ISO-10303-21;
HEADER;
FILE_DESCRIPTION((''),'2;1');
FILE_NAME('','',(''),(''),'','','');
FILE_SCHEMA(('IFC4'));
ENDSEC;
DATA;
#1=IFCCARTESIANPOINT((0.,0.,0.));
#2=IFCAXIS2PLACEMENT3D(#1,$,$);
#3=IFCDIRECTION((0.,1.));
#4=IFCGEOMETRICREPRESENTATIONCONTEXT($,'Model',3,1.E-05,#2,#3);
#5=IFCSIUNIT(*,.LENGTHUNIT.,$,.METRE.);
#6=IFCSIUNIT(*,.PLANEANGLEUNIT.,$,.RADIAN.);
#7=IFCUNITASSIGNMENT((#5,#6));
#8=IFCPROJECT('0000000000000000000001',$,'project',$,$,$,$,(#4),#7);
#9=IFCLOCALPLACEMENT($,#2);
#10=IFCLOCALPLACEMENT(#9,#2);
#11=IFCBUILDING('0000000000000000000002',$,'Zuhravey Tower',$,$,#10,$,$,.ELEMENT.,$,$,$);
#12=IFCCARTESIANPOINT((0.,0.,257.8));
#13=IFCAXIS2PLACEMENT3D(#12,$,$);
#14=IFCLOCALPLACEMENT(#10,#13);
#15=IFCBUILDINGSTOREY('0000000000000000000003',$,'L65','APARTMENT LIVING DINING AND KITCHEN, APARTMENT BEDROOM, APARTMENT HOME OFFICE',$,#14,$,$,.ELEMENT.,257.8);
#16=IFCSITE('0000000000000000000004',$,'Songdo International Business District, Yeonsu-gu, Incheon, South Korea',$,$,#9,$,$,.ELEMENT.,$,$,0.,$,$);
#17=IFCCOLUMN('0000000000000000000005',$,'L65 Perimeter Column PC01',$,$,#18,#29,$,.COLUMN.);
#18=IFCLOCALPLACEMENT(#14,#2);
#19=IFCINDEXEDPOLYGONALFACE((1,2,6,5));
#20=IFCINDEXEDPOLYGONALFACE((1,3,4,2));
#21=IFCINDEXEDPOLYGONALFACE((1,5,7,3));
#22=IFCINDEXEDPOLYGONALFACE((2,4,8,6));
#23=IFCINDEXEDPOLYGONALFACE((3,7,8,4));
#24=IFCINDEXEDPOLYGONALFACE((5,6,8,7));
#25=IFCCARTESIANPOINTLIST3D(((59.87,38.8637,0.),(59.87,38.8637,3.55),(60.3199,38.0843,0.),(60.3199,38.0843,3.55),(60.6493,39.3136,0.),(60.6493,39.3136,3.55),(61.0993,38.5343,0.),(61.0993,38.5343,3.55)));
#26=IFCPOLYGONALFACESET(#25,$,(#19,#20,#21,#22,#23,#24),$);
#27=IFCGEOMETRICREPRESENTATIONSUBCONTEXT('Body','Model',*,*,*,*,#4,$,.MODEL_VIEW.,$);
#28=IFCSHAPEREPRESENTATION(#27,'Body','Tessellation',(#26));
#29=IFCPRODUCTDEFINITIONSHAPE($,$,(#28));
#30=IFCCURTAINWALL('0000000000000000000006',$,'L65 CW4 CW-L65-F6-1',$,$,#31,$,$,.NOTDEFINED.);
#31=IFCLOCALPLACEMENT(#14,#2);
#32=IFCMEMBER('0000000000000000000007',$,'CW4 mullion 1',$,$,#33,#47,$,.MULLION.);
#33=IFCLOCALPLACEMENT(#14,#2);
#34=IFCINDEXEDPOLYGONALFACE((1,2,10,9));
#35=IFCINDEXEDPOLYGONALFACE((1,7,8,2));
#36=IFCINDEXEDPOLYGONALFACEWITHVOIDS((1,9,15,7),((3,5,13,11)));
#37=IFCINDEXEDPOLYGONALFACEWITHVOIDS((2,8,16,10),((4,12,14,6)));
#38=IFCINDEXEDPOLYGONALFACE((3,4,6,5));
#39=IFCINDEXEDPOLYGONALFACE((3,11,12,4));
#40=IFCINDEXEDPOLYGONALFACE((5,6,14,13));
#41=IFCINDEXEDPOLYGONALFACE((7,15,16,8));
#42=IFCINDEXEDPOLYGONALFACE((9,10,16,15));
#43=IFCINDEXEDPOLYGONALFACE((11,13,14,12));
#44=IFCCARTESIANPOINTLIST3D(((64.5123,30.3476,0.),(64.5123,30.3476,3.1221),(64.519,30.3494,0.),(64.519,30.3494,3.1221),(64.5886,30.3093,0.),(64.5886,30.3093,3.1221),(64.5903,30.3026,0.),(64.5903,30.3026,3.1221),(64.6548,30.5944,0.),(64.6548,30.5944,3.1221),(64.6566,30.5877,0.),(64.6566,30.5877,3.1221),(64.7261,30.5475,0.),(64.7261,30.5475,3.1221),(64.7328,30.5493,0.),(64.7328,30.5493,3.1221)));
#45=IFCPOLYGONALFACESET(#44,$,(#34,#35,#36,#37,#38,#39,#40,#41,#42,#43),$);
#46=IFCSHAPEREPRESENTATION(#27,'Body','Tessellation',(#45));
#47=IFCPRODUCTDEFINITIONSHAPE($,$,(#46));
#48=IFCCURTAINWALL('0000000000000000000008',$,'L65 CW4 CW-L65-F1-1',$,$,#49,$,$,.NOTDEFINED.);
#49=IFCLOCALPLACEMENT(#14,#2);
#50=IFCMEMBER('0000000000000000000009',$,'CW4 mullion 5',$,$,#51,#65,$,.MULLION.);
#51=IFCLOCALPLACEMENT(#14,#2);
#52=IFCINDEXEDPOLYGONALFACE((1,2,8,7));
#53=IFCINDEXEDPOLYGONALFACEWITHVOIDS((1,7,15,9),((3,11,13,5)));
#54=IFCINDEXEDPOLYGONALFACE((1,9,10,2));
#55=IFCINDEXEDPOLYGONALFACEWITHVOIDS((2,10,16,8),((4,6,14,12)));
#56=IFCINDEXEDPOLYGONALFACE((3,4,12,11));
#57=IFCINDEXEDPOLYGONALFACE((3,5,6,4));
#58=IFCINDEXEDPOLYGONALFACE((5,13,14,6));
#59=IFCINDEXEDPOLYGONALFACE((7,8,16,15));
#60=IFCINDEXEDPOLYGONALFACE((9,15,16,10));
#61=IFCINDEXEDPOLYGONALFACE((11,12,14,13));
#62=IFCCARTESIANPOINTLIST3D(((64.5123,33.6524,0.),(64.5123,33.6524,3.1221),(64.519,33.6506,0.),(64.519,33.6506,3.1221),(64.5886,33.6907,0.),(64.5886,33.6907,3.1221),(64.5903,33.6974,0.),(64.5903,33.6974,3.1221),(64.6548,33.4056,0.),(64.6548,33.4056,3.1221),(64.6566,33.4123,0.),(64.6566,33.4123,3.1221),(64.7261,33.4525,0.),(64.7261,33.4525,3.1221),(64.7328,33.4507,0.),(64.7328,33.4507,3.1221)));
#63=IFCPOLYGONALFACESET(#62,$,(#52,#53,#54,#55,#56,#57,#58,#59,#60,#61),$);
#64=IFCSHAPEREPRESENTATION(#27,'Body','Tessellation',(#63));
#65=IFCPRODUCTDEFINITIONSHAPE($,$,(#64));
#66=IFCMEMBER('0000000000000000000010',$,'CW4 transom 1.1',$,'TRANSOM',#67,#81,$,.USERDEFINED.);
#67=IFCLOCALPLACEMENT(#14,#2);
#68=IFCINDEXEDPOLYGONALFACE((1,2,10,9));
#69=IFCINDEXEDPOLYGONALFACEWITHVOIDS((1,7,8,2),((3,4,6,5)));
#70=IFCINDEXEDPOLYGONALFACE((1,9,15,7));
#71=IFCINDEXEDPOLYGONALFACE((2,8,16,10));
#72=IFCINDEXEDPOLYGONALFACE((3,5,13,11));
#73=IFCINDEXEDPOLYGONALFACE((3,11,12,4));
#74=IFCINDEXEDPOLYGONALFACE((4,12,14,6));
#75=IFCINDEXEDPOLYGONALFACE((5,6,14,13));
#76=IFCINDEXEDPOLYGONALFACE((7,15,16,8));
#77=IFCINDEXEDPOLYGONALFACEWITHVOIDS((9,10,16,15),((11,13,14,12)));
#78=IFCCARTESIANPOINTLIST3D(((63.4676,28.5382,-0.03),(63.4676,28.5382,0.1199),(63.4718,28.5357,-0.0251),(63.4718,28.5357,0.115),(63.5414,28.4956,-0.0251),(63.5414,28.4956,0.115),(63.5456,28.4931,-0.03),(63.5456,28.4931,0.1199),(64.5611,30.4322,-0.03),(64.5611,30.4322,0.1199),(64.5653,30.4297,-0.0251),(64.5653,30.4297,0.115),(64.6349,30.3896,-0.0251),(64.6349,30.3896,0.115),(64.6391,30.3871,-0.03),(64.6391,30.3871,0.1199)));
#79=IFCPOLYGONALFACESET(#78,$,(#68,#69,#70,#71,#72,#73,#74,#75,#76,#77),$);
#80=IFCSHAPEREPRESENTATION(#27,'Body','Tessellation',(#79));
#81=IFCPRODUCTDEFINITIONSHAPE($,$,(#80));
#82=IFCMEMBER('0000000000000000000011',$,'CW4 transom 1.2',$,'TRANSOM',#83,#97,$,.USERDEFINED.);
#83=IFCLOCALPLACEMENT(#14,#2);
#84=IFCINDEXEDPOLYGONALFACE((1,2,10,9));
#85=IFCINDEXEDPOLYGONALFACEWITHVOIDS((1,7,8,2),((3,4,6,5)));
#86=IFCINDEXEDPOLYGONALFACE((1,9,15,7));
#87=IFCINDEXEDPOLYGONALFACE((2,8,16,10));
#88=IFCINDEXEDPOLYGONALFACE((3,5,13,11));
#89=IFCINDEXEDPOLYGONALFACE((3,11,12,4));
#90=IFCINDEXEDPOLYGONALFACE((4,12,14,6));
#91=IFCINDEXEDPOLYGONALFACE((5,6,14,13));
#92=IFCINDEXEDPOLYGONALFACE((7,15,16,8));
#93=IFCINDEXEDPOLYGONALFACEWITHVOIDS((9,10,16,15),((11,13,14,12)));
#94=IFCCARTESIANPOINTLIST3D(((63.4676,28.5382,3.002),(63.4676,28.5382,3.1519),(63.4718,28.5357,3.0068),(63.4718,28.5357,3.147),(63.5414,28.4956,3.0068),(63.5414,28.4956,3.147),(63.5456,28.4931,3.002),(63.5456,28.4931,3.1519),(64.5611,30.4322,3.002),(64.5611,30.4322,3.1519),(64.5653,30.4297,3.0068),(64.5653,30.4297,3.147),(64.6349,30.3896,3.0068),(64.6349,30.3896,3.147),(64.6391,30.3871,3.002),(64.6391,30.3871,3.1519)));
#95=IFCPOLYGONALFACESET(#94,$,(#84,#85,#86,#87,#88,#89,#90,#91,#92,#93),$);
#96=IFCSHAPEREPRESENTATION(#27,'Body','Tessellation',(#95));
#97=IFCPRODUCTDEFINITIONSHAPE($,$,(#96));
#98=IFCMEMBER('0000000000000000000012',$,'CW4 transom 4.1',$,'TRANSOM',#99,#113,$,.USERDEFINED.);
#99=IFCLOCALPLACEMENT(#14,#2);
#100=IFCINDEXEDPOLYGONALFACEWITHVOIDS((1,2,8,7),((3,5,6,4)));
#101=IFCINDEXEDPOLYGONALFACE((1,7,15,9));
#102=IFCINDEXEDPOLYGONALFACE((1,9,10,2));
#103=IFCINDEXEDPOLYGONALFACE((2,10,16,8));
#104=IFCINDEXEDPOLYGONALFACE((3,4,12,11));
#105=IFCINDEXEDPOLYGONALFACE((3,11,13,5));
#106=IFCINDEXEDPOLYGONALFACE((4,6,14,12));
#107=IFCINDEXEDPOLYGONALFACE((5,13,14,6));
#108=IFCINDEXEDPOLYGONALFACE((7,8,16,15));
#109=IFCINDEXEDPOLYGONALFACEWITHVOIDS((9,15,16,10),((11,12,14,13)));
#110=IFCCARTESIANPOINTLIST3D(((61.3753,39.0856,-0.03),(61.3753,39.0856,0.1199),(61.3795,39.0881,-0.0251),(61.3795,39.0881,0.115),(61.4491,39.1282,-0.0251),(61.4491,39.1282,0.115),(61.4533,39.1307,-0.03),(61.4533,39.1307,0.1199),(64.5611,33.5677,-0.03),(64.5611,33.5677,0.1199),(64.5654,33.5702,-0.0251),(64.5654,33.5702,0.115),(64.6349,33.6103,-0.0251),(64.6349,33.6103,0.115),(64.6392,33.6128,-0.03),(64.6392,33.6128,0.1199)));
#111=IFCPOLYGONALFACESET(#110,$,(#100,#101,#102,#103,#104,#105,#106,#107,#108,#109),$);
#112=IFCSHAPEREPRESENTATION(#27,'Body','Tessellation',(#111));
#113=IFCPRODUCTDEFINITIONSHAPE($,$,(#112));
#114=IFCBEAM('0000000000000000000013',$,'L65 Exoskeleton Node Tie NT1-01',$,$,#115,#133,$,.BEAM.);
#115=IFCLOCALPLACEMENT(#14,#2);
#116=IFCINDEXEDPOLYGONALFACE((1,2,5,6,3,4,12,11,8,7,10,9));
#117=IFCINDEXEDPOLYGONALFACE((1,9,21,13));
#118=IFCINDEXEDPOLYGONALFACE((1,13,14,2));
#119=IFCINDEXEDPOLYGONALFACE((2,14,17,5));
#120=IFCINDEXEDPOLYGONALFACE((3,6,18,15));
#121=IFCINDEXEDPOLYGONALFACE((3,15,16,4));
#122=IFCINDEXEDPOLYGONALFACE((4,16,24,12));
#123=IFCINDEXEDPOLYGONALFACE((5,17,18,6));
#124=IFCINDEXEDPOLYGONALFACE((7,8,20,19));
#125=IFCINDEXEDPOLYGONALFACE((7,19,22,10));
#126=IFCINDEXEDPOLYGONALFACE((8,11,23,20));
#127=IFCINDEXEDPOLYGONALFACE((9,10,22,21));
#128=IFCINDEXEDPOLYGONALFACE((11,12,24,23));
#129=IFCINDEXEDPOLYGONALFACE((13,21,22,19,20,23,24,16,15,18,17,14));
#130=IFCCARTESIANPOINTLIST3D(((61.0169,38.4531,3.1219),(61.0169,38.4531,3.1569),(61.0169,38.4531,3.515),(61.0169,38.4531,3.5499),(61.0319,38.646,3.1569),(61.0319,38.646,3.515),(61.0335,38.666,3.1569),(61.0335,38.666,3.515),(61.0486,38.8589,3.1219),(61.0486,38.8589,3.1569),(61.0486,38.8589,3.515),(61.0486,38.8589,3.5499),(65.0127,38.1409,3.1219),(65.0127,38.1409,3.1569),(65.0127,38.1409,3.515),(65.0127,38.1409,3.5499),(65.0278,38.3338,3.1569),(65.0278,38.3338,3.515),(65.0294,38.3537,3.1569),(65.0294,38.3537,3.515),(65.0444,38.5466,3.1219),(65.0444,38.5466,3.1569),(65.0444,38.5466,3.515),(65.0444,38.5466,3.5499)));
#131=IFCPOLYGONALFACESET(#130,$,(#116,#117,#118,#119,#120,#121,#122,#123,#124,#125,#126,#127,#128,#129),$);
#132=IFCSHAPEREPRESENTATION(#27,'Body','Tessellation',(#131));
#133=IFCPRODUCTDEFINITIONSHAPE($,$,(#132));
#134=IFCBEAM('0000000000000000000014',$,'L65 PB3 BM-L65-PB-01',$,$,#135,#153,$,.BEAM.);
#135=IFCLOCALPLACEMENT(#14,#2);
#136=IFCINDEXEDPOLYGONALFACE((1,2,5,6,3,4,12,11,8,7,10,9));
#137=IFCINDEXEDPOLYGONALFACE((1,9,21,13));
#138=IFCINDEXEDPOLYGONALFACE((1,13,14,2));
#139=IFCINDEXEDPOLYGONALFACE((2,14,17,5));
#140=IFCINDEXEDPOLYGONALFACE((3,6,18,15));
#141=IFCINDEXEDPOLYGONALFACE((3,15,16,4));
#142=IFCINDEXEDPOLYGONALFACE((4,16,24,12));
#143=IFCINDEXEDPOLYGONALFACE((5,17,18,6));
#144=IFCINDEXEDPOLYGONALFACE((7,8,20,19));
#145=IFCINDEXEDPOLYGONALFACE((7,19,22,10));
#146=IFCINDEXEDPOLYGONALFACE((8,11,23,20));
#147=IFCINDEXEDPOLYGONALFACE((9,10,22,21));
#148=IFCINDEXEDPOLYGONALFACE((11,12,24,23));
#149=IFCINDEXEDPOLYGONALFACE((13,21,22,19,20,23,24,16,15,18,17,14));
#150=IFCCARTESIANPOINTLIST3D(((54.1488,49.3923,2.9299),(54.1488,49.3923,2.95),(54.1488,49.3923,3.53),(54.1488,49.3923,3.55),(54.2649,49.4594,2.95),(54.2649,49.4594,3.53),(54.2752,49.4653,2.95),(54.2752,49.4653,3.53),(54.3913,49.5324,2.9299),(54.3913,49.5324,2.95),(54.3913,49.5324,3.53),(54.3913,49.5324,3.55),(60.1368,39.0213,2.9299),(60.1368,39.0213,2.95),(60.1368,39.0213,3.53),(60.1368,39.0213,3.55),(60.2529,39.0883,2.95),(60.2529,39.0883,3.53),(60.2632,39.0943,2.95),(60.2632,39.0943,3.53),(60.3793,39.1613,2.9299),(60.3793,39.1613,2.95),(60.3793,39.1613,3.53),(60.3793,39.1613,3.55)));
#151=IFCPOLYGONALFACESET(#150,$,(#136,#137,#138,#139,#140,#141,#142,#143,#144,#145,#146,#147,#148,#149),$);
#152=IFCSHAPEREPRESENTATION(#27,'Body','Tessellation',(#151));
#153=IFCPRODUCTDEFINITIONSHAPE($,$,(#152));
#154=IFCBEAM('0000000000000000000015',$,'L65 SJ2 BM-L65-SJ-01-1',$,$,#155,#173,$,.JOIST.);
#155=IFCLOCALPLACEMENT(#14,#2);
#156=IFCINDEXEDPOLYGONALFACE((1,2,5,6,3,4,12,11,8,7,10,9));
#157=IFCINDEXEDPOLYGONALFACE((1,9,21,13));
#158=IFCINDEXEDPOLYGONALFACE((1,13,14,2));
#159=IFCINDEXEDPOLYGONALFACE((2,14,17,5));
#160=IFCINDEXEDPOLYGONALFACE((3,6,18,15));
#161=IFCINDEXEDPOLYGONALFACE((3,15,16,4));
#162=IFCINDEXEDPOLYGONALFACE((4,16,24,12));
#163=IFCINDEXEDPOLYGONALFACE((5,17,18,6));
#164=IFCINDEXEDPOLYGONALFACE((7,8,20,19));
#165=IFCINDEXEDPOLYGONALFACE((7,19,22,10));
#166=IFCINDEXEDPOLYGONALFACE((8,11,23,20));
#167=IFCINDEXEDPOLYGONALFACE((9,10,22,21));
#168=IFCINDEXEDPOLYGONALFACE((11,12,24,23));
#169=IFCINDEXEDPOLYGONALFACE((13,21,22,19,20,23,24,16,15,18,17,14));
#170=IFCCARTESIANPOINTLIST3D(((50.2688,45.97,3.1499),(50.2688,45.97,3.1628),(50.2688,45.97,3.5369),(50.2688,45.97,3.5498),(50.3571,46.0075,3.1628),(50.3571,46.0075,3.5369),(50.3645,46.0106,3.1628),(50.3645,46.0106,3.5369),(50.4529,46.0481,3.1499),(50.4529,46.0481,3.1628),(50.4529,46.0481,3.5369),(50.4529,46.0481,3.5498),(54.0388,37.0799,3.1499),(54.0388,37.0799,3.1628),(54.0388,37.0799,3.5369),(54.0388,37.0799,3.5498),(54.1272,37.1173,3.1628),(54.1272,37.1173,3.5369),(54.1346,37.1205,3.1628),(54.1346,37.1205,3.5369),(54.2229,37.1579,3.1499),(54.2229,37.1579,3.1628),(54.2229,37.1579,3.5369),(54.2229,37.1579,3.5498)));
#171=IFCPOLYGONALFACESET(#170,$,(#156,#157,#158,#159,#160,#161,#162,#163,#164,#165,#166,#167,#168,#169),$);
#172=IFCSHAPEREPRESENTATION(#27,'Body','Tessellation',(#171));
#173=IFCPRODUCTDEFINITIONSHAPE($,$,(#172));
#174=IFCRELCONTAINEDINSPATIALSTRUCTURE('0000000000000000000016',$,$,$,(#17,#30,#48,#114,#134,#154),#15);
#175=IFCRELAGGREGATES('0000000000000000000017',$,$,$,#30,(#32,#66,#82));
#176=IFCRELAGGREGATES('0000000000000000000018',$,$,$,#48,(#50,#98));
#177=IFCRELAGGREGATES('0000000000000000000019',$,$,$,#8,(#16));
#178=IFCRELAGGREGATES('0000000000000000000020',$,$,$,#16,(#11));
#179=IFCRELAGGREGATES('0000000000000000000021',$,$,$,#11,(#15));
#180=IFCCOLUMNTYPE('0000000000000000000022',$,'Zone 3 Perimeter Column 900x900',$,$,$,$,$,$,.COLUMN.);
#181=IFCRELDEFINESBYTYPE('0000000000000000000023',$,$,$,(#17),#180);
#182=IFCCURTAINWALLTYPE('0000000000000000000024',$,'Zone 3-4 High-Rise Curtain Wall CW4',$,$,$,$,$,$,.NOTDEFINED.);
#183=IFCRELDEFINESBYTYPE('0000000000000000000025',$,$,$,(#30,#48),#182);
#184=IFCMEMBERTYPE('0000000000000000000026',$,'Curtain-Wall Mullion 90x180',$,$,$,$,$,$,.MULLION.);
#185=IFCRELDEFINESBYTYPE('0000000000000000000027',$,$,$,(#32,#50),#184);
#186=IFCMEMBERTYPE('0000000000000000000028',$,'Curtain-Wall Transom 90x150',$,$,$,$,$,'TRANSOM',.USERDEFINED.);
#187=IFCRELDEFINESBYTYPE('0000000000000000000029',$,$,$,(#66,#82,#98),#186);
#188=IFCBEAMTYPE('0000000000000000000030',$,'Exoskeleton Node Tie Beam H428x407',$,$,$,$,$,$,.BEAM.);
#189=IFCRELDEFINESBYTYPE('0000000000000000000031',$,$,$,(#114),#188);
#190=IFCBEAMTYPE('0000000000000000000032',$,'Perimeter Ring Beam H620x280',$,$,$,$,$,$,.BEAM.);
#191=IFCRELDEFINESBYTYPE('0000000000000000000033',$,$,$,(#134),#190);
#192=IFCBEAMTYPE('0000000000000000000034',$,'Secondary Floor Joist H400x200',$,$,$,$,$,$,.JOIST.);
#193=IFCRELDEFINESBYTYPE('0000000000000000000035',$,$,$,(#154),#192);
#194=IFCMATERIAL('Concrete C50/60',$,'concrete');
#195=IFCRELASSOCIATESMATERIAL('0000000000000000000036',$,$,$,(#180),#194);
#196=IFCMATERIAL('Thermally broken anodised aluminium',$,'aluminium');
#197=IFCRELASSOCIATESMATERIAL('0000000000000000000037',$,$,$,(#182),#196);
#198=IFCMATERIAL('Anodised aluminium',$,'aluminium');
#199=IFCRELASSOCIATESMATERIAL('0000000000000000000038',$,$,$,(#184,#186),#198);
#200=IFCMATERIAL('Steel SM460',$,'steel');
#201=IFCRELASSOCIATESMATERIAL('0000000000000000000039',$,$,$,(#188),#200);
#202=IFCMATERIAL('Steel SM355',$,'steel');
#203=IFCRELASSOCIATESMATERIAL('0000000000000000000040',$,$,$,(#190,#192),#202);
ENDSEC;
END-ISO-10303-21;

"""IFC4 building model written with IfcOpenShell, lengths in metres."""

from ifc_helpers import new_model, si_unit, direction, frame, origin, origin_2d, place, context, subcontext, project, spatial, rectangle, hollow_rectangle, i_section, extrude, material, material_profile, profile_set, type_object, element, aggregate, save


model = new_model("IFC4")

# Units and contexts
model_context = context("Model", 3, precision=1e-05, world=origin(), true_north=direction((0.0, 1.0)))
body_context = subcontext(model_context, "Body", "Model", "MODEL_VIEW")
ifc_project = project(units=[si_unit("LENGTHUNIT", "METRE"), si_unit("PLANEANGLEUNIT", "RADIAN")], contexts=[model_context])

# Site, building, storey
site_placement = place(None, origin())
site = spatial("IfcSite", under=ifc_project, at=site_placement, Name="Songdo International Business District, Yeonsu-gu, Incheon, South Korea", CompositionType="ELEMENT", RefElevation=0.0)
building_placement = place(site_placement, origin())
building = spatial("IfcBuilding", under=site, at=building_placement, Name="Zuhravey Tower", CompositionType="ELEMENT")
storey_placement = place(building_placement, frame((0.0, 0.0, 257.8)))
storey = spatial("IfcBuildingStorey", under=building, at=storey_placement, Name="L65", Description="APARTMENT LIVING DINING AND KITCHEN, APARTMENT BEDROOM, APARTMENT HOME OFFICE", CompositionType="ELEMENT", Elevation=257.8)

# Column
ifc_material_1 = material(Name="Concrete C50/60", Category="concrete")
ifc_material_profile_1 = material_profile(ifc_material_1, rectangle(XDim=0.8999, YDim=0.8999, at=origin_2d()), Name="RC-900x900")
ifc_profile_set_1 = profile_set([ifc_material_profile_1], Name="Concrete C50/60")
column_type = type_object("IfcColumnType", Name="Zone 3 Perimeter Column 900x900", PredefinedType="COLUMN", material=ifc_profile_set_1)
column_placement = place(storey_placement, frame((60.4846, 38.699, 0.0), z_axis=(0.0, 0.0, 1.0), x_axis=(-0.5, 0.866025, 0.0)))
element("IfcColumn", 1, at=column_placement, inside=storey, type_object=column_type, Name="L65 Perimeter Column PC01", PredefinedType="COLUMN", context=body_context, shape_type="SweptSolid", body=[
    extrude(rectangle(XDim=0.8999, YDim=0.8999, at=origin_2d()), origin(), (0.0, 0.0, 1.0), 3.55),
])

# Curtain walls, members
ifc_material_2 = material(Name="Thermally broken anodised aluminium", Category="aluminium")
curtain_wall_type = type_object("IfcCurtainWallType", Name="Zone 3-4 High-Rise Curtain Wall CW4", PredefinedType="NOTDEFINED", material=ifc_material_2)
curtain_wall_1_placement = place(storey_placement, origin())
curtain_wall_1 = element("IfcCurtainWall", 2, at=curtain_wall_1_placement, inside=storey, type_object=curtain_wall_type, Name="L65 CW4 CW-L65-F6-1", PredefinedType="NOTDEFINED")
ifc_material_3 = material(Name="Anodised aluminium", Category="aluminium")
ifc_material_profile_2 = material_profile(ifc_material_3, hollow_rectangle(XDim=0.0901, YDim=0.2849, WallThickness=0.0049, at=origin_2d()), Name="ALU-RHS-90x285x5")
ifc_profile_set_2 = profile_set([ifc_material_profile_2], Name="Anodised aluminium")
member_type_1 = type_object("IfcMemberType", Name="Curtain-Wall Mullion 90x180", PredefinedType="MULLION", material=ifc_profile_set_2)
member_1_placement = place(storey_placement, frame((64.6226, 30.4485, 0.0), z_axis=(0.0, 0.0, 1.0), x_axis=(0.866027, -0.499997, 0.0)))
member_1 = element("IfcMember", 3, at=member_1_placement, type_object=member_type_1, Name="CW4 mullion 1", PredefinedType="MULLION", context=body_context, shape_type="SweptSolid", body=[
    extrude(hollow_rectangle(XDim=0.0901, YDim=0.2849, WallThickness=0.0049, at=origin_2d()), origin(), (0.0, 0.0, 1.0), 3.1221),
])
curtain_wall_2_placement = place(storey_placement, origin())
curtain_wall_2 = element("IfcCurtainWall", 4, at=curtain_wall_2_placement, inside=storey, type_object=curtain_wall_type, Name="L65 CW4 CW-L65-F1-1", PredefinedType="NOTDEFINED")
member_2_placement = place(storey_placement, frame((64.6226, 33.5515, 0.0), z_axis=(0.0, 0.0, 1.0), x_axis=(0.866025, 0.500001, 0.0)))
member_2 = element("IfcMember", 5, at=member_2_placement, type_object=member_type_1, Name="CW4 mullion 5", PredefinedType="MULLION", context=body_context, shape_type="SweptSolid", body=[
    extrude(hollow_rectangle(XDim=0.0901, YDim=0.2849, WallThickness=0.0049, at=origin_2d()), origin(), (0.0, 0.0, 1.0), 3.1221),
])

# Members
ifc_material_profile_3 = material_profile(ifc_material_3, hollow_rectangle(XDim=0.0901, YDim=0.1499, WallThickness=0.0049, at=origin_2d()), Name="ALU-RHS-90x150x5")
ifc_profile_set_3 = profile_set([ifc_material_profile_3], Name="Anodised aluminium")
member_type_2 = type_object("IfcMemberType", Name="Curtain-Wall Transom 90x150", ElementType="TRANSOM", PredefinedType="USERDEFINED", material=ifc_profile_set_3)
member_3_placement = place(storey_placement, frame((64.6001, 30.4097, 0.0449), z_axis=(-0.499993, -0.866029, 0.0), x_axis=(0.866029, -0.499993, 0.0)))
member_3 = element("IfcMember", 6, at=member_3_placement, type_object=member_type_2, Name="CW4 transom 1.1", ObjectType="TRANSOM", PredefinedType="USERDEFINED", context=body_context, shape_type="SweptSolid", body=[
    extrude(hollow_rectangle(XDim=0.0901, YDim=0.1499, WallThickness=0.0049, at=origin_2d()), origin(), (0.0, 0.0, 1.0), 2.187),
])
member_4_placement = place(storey_placement, frame((64.6001, 30.4097, 3.0769), z_axis=(-0.499993, -0.866029, 0.0), x_axis=(0.866029, -0.499993, 0.0)))
member_4 = element("IfcMember", 7, at=member_4_placement, type_object=member_type_2, Name="CW4 transom 1.2", ObjectType="TRANSOM", PredefinedType="USERDEFINED", context=body_context, shape_type="SweptSolid", body=[
    extrude(hollow_rectangle(XDim=0.0901, YDim=0.1499, WallThickness=0.0049, at=origin_2d()), origin(), (0.0, 0.0, 1.0), 2.187),
])
member_5_placement = place(storey_placement, frame((61.4143, 39.1082, 0.0449), z_axis=(0.500009, -0.86602, 0.0), x_axis=(0.86602, 0.500009, 0.0)))
member_5 = element("IfcMember", 8, at=member_5_placement, type_object=member_type_2, Name="CW4 transom 4.1", ObjectType="TRANSOM", PredefinedType="USERDEFINED", context=body_context, shape_type="SweptSolid", body=[
    extrude(hollow_rectangle(XDim=0.0901, YDim=0.1499, WallThickness=0.0049, at=origin_2d()), origin(), (0.0, 0.0, 1.0), 6.3716),
])

# Beams
ifc_material_4 = material(Name="Steel SM460", Category="steel")
ifc_material_profile_4 = material_profile(ifc_material_4, i_section(OverallWidth=0.407, OverallDepth=0.428, WebThickness=0.02, FlangeThickness=0.0349, at=origin_2d()), Name="H-428x407x20x35")
ifc_profile_set_4 = profile_set([ifc_material_profile_4], Name="Steel SM460")
beam_type_1 = type_object("IfcBeamType", Name="Exoskeleton Node Tie Beam H428x407", PredefinedType="BEAM", material=ifc_profile_set_4)
beam_1_placement = place(storey_placement, frame((61.0327, 38.656, 3.3359), z_axis=(0.996961, -0.077908, 0.0), x_axis=(0.077908, 0.996961, 0.0)))
element("IfcBeam", 9, at=beam_1_placement, inside=storey, type_object=beam_type_1, Name="L65 Exoskeleton Node Tie NT1-01", PredefinedType="BEAM", context=body_context, shape_type="SweptSolid", body=[
    extrude(i_section(OverallWidth=0.407, OverallDepth=0.428, WebThickness=0.02, FlangeThickness=0.0349, at=origin_2d()), origin(), (0.0, 0.0, 1.0), 4.0081),
])
ifc_material_5 = material(Name="Steel SM355", Category="steel")
ifc_material_profile_5 = material_profile(ifc_material_5, i_section(OverallWidth=0.28, OverallDepth=0.6201, WebThickness=0.012, FlangeThickness=0.02, at=origin_2d()), Name="H-620x280x12x20")
ifc_profile_set_5 = profile_set([ifc_material_profile_5], Name="Steel SM355")
beam_type_2 = type_object("IfcBeamType", Name="Perimeter Ring Beam H620x280", PredefinedType="BEAM", material=ifc_profile_set_5)
beam_2_placement = place(storey_placement, frame((60.2581, 39.0913, 3.24), z_axis=(-0.500018, 0.866015, 0.0), x_axis=(-0.866015, -0.500018, 0.0)))
element("IfcBeam", 10, at=beam_2_placement, inside=storey, type_object=beam_type_2, Name="L65 PB3 BM-L65-PB-01", PredefinedType="BEAM", context=body_context, shape_type="SweptSolid", body=[
    extrude(i_section(OverallWidth=0.28, OverallDepth=0.6201, WebThickness=0.012, FlangeThickness=0.02, at=origin_2d()), origin(), (0.0, 0.0, 1.0), 11.9756),
])
ifc_material_profile_6 = material_profile(ifc_material_5, i_section(OverallWidth=0.2, OverallDepth=0.3999, WebThickness=0.0081, FlangeThickness=0.0129, at=origin_2d()), Name="H-400x200x8x13")
ifc_profile_set_6 = profile_set([ifc_material_profile_6], Name="Steel SM355")
beam_type_3 = type_object("IfcBeamType", Name="Secondary Floor Joist H400x200", PredefinedType="JOIST", material=ifc_profile_set_6)
beam_3_placement = place(storey_placement, frame((54.1309, 37.1189, 3.3499), z_axis=(-0.390413, 0.92064, 0.0), x_axis=(-0.92064, -0.390413, 0.0)))
element("IfcBeam", 11, at=beam_3_placement, inside=storey, type_object=beam_type_3, Name="L65 SJ2 BM-L65-SJ-01-1", PredefinedType="JOIST", context=body_context, shape_type="SweptSolid", body=[
    extrude(i_section(OverallWidth=0.2, OverallDepth=0.3999, WebThickness=0.0081, FlangeThickness=0.0129, at=origin_2d()), origin(), (0.0, 0.0, 1.0), 9.6565),
])

aggregate(curtain_wall_1, [member_1, member_3, member_4])
aggregate(curtain_wall_2, [member_2, member_5])

save(model, "model.ifc")
